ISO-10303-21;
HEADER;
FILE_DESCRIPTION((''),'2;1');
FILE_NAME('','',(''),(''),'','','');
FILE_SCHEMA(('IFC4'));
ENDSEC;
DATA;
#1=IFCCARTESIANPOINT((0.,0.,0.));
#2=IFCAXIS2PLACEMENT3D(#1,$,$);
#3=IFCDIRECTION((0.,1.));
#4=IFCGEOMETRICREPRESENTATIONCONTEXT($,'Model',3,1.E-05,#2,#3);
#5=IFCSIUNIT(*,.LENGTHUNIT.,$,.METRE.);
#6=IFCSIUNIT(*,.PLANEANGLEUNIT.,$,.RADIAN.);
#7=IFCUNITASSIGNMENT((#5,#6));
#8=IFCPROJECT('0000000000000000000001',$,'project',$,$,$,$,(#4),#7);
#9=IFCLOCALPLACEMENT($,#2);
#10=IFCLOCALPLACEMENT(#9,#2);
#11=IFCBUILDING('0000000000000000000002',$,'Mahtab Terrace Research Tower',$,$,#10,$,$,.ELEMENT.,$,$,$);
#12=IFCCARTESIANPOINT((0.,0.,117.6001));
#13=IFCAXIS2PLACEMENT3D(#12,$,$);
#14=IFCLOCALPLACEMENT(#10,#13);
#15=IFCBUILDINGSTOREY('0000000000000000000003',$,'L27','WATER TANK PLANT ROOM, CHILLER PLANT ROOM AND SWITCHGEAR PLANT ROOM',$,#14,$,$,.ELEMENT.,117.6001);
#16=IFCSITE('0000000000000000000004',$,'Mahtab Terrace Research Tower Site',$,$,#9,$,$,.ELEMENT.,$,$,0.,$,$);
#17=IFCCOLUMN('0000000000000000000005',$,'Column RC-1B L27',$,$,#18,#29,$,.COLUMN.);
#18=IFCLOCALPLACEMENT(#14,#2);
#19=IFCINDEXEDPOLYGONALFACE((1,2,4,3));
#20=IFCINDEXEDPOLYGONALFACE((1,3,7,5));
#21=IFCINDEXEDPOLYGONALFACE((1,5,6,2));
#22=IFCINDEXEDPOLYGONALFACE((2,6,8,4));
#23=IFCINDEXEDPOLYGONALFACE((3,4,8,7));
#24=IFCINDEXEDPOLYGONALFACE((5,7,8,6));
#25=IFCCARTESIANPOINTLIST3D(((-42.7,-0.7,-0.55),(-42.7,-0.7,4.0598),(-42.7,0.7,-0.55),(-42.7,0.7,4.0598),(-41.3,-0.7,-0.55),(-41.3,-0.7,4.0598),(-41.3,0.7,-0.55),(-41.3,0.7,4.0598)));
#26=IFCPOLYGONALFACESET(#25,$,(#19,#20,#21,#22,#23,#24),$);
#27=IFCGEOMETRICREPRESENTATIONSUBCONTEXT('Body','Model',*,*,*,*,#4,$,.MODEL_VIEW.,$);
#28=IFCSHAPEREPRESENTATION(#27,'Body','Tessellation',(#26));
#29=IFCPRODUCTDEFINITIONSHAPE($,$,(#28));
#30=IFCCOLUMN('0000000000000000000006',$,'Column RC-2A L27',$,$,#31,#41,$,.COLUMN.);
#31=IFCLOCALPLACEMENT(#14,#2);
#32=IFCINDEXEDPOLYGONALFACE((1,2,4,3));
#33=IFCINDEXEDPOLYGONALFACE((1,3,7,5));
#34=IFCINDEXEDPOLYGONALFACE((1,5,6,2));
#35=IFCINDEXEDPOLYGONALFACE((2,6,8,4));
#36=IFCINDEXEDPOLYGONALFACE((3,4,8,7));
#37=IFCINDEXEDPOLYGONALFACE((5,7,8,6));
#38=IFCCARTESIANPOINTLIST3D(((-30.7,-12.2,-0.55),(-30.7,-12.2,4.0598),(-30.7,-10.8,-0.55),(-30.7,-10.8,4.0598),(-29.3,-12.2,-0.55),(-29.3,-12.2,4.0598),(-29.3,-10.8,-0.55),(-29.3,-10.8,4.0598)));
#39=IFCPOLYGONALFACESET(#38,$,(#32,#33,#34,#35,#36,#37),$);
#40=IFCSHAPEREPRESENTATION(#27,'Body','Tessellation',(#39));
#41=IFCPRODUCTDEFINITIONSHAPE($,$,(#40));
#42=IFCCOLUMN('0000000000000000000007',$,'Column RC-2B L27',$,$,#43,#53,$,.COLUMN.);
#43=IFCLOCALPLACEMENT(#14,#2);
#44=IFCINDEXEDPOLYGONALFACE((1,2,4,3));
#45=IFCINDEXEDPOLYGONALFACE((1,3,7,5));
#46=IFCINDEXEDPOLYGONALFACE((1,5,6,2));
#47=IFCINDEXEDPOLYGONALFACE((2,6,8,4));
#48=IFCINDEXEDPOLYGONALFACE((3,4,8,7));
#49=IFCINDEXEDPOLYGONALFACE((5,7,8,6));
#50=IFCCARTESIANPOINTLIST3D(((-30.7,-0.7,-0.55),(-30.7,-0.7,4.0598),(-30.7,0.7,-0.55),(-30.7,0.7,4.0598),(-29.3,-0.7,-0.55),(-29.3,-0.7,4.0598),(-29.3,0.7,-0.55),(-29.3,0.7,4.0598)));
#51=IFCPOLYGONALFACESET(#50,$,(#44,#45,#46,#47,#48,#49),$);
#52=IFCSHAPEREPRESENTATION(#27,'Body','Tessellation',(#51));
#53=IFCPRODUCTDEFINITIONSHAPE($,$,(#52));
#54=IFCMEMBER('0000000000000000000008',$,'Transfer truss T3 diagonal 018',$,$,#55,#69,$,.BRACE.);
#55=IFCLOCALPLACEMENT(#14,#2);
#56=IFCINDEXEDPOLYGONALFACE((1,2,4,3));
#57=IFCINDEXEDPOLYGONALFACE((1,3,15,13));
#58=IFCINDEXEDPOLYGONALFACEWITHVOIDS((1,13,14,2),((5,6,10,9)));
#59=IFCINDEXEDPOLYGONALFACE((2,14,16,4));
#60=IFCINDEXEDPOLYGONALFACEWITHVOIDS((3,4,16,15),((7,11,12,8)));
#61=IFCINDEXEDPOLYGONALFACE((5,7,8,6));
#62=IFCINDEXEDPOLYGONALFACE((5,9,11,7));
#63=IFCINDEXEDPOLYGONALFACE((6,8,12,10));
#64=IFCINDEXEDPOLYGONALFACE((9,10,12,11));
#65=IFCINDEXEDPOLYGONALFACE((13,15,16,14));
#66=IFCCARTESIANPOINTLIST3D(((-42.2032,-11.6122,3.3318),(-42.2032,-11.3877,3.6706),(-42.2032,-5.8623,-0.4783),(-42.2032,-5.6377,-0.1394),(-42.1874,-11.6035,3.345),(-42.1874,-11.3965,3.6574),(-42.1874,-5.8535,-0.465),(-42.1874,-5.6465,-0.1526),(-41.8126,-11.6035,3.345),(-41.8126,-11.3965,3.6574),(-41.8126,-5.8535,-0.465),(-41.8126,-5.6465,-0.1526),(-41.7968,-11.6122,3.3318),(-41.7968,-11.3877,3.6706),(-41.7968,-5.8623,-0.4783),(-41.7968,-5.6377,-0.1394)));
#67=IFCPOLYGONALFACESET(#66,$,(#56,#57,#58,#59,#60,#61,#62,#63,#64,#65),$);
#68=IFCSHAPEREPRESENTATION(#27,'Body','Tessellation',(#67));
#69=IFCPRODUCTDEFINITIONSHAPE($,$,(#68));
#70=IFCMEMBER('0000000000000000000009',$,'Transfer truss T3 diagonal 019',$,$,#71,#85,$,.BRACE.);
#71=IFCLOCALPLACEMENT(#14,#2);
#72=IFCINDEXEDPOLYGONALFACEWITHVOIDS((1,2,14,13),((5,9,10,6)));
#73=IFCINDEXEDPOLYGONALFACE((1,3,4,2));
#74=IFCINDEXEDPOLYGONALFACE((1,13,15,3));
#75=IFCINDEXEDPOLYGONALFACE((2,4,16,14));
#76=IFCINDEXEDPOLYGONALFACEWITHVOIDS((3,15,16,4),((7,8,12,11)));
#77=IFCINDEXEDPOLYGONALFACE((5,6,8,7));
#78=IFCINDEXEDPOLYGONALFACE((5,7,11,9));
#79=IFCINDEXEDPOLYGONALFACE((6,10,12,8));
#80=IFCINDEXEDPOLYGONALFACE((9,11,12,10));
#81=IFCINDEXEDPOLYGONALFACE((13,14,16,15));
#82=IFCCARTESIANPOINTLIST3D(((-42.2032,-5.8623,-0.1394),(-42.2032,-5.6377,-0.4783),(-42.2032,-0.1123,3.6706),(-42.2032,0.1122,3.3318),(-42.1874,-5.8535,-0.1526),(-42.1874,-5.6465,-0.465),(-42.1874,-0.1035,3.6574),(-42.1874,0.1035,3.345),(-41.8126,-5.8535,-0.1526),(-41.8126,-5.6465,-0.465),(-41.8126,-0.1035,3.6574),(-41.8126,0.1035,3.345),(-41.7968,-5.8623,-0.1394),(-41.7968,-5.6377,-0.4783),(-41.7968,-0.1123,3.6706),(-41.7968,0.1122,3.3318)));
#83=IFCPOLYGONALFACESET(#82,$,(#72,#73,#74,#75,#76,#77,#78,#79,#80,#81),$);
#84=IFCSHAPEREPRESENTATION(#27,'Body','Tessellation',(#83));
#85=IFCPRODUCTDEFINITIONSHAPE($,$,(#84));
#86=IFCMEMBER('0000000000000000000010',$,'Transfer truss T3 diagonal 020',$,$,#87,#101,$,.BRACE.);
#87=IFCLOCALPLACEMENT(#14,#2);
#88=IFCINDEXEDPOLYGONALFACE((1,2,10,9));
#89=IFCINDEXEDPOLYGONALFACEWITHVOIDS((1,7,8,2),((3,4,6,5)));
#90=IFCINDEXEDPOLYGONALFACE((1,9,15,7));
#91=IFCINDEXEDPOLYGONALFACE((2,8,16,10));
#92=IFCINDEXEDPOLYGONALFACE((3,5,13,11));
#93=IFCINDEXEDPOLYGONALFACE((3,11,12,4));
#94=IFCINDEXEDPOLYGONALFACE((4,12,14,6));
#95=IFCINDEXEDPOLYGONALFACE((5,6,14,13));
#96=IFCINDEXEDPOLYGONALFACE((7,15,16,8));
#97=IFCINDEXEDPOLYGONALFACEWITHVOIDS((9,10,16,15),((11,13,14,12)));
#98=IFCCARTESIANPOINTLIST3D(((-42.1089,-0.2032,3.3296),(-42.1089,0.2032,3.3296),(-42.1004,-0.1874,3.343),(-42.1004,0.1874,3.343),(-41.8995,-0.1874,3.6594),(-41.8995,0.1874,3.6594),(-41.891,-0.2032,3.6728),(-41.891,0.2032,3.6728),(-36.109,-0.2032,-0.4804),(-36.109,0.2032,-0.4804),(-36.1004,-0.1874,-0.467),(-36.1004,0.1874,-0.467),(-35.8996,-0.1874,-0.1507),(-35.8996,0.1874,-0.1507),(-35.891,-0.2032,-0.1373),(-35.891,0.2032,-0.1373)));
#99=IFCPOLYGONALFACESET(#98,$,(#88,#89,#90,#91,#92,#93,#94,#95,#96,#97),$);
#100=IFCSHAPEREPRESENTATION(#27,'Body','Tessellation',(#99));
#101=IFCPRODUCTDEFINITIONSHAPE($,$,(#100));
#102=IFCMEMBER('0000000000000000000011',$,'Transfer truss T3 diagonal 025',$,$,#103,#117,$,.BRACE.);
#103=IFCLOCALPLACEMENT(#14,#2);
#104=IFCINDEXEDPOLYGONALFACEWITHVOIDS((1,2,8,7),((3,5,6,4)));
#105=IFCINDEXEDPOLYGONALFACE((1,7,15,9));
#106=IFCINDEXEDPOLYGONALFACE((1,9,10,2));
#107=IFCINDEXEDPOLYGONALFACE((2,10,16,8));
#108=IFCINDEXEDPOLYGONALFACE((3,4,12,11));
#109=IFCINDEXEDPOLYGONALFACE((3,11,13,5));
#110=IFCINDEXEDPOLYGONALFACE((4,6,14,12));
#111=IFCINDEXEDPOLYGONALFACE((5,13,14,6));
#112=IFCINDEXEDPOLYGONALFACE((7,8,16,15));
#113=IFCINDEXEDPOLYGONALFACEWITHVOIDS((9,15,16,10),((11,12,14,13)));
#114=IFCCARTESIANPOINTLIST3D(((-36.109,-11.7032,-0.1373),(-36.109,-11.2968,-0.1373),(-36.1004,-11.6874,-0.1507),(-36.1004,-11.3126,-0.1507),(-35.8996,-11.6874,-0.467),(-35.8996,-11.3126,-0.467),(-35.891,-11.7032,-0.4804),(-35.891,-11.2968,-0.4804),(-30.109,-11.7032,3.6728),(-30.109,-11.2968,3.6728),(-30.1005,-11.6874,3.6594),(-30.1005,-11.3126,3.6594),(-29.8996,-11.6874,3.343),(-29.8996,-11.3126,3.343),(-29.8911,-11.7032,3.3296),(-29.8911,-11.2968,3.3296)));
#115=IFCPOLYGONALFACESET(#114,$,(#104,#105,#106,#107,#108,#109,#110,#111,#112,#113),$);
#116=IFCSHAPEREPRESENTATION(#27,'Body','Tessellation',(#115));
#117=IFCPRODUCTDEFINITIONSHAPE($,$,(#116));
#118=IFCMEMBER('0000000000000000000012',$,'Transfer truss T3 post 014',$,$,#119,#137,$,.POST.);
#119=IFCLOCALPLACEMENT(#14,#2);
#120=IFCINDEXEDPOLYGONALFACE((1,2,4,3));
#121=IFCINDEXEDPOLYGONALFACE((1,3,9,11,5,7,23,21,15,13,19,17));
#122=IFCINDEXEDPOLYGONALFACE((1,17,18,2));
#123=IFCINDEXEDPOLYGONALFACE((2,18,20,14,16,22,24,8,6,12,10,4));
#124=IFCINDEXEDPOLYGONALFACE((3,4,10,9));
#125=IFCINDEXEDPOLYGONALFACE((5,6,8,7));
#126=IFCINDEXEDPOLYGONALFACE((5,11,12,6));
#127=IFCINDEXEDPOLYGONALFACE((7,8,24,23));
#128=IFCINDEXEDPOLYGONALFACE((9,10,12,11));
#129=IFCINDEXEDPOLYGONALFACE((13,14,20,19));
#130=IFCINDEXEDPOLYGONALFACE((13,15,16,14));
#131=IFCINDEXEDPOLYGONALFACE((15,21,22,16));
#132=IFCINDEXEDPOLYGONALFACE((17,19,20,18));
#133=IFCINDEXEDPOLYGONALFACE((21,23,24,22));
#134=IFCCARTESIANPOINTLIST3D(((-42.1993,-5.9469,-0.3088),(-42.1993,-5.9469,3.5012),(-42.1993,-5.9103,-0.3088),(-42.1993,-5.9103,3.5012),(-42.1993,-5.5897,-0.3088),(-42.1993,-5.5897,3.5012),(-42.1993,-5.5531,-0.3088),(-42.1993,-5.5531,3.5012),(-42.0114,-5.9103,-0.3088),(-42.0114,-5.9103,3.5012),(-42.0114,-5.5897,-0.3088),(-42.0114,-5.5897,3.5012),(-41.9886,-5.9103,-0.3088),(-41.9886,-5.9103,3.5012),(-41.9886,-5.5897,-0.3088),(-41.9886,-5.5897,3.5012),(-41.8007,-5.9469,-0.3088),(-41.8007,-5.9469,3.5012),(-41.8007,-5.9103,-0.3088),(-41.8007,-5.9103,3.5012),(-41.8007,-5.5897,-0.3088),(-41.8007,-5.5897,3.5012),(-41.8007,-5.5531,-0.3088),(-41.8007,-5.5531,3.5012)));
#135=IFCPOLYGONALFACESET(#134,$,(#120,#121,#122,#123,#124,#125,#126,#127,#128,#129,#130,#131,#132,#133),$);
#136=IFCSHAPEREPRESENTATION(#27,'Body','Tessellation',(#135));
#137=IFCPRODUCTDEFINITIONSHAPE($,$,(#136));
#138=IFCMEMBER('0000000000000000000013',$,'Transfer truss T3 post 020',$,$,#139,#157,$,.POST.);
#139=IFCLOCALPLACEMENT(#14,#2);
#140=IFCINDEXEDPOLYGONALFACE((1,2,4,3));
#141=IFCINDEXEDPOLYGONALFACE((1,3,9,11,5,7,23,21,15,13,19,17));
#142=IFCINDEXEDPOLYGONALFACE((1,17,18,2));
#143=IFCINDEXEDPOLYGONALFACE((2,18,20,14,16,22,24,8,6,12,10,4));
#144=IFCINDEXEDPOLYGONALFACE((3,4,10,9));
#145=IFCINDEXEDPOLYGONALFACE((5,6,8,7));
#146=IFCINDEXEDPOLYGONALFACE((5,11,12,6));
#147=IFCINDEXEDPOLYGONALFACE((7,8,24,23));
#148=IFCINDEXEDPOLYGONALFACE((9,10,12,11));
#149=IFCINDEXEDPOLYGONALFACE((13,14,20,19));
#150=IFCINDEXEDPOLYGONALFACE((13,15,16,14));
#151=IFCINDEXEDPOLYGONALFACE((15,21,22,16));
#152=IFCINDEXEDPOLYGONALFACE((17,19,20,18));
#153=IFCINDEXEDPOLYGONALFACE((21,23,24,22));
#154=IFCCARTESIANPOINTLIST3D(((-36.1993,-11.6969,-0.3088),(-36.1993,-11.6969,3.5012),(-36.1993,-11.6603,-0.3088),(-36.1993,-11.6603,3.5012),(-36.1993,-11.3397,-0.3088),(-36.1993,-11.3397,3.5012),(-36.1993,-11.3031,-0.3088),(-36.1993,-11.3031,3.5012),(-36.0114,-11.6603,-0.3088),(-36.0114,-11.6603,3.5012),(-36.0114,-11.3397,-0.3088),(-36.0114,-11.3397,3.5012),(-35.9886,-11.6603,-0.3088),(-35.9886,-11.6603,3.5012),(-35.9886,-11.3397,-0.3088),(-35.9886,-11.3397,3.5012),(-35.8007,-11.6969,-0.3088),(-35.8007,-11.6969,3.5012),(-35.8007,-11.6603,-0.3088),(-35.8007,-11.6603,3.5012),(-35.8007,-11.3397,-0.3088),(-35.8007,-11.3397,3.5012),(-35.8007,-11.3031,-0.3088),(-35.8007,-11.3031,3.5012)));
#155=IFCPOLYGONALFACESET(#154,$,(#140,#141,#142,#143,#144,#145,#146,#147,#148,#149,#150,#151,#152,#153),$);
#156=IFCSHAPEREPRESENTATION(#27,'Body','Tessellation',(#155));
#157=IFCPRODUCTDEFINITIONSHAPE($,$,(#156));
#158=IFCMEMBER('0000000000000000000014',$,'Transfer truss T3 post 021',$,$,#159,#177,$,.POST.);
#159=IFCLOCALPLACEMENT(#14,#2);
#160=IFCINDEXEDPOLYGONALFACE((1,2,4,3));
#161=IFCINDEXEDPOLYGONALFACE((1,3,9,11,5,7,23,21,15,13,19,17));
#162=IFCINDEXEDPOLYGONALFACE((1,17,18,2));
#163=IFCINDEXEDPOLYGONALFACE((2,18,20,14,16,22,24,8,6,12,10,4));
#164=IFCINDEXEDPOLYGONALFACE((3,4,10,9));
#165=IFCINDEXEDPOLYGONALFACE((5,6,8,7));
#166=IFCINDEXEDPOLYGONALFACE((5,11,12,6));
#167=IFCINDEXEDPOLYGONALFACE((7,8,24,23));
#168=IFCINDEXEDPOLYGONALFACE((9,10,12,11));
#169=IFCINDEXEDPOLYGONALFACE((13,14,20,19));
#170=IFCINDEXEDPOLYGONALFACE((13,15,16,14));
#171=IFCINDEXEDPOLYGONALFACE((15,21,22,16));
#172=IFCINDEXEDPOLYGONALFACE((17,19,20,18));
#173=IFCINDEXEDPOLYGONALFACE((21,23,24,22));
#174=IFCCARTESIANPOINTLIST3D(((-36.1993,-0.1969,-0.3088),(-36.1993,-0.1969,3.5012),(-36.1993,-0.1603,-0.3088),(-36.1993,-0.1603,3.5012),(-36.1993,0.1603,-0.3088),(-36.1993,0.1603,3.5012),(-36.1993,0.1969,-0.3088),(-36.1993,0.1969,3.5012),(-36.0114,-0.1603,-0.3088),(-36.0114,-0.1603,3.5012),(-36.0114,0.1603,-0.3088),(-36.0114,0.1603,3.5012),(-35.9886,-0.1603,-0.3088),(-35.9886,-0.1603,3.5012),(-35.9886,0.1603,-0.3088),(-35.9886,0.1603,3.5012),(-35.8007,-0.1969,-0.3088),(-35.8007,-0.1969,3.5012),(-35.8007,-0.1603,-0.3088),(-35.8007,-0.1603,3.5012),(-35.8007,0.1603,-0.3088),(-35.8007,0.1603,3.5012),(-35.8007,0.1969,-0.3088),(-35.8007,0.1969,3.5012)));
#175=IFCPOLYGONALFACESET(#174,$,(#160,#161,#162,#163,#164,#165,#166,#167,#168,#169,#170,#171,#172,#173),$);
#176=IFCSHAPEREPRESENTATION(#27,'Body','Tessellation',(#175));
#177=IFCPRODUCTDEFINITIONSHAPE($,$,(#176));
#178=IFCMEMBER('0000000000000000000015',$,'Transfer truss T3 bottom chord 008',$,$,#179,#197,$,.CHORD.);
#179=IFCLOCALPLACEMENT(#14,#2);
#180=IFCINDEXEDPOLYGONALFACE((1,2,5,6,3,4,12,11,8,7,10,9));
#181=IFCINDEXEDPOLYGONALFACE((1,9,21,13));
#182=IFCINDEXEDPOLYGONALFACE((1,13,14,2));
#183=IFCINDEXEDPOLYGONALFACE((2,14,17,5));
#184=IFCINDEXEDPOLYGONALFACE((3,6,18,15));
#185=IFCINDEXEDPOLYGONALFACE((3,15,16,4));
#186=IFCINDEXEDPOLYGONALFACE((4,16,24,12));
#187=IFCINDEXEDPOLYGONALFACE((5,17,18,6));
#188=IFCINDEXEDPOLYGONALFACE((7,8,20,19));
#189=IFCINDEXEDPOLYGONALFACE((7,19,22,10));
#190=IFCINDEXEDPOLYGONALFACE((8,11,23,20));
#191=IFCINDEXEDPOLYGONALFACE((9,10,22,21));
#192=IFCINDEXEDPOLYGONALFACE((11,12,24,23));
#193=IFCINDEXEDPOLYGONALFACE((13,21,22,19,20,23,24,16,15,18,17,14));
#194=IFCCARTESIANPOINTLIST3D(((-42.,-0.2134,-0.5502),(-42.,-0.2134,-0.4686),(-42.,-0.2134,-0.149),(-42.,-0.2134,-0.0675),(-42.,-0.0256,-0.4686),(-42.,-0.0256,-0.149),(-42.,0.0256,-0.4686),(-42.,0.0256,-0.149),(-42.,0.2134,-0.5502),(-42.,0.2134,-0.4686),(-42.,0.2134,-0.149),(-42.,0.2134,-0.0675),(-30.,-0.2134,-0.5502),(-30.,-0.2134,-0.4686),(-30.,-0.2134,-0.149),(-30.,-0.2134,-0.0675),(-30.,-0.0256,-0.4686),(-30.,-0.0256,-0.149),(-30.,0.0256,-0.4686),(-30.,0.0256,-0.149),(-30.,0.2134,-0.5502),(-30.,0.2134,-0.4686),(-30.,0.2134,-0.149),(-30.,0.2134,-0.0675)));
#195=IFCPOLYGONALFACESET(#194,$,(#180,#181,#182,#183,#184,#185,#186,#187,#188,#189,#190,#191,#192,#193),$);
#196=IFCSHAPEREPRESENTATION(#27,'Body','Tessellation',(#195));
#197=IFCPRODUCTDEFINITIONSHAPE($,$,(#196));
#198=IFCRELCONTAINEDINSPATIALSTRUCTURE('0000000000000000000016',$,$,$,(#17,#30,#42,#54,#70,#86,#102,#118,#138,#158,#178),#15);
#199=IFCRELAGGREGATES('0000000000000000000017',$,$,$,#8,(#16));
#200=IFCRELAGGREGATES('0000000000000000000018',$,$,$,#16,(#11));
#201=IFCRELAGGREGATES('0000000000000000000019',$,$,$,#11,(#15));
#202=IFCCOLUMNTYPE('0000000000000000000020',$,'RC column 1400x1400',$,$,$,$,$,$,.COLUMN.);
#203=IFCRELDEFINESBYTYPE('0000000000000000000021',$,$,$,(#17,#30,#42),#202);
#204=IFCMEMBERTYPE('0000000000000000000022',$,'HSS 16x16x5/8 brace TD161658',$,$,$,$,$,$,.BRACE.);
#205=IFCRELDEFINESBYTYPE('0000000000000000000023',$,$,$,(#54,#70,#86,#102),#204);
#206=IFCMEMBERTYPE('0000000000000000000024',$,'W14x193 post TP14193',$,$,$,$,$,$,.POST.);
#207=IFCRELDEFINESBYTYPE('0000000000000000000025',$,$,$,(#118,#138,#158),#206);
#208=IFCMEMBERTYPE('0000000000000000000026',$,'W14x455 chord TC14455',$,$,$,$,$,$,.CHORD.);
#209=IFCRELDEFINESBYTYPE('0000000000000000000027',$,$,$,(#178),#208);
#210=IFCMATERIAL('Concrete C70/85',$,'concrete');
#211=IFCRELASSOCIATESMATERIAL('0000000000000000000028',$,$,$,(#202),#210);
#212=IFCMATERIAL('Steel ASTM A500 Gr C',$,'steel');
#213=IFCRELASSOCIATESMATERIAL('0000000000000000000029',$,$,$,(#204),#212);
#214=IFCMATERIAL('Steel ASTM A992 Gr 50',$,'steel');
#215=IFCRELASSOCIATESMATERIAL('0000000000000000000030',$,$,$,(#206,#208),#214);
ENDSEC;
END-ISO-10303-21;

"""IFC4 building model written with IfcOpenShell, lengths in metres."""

from ifc_helpers import new_model, si_unit, direction, frame, origin, origin_2d, place, context, subcontext, project, spatial, rectangle, hollow_rectangle, i_section, extrude, material, material_profile, profile_set, type_object, element, save


model = new_model("IFC4")

# Units and contexts
model_context = context("Model", 3, precision=1e-05, world=origin(), true_north=direction((0.0, 1.0)))
body_context = subcontext(model_context, "Body", "Model", "MODEL_VIEW")
ifc_project = project(units=[si_unit("LENGTHUNIT", "METRE"), si_unit("PLANEANGLEUNIT", "RADIAN")], contexts=[model_context])

# Site, building, storey
site_placement = place(None, origin())
site = spatial("IfcSite", under=ifc_project, at=site_placement, Name="Mahtab Terrace Research Tower Site", CompositionType="ELEMENT", RefElevation=0.0)
building_placement = place(site_placement, origin())
building = spatial("IfcBuilding", under=site, at=building_placement, Name="Mahtab Terrace Research Tower", CompositionType="ELEMENT")
storey_placement = place(building_placement, frame((0.0, 0.0, 117.6001)))
storey = spatial("IfcBuildingStorey", under=building, at=storey_placement, Name="L27", Description="WATER TANK PLANT ROOM, CHILLER PLANT ROOM AND SWITCHGEAR PLANT ROOM", CompositionType="ELEMENT", Elevation=117.6001)

# Columns
ifc_material_1 = material(Name="Concrete C70/85", Category="concrete")
ifc_material_profile_1 = material_profile(ifc_material_1, rectangle(XDim=1.3999, YDim=1.3999, at=origin_2d()), Name="RC column 1400x1400")
ifc_profile_set_1 = profile_set([ifc_material_profile_1], Name="Concrete C70/85")
column_type = type_object("IfcColumnType", Name="RC column 1400x1400", PredefinedType="COLUMN", material=ifc_profile_set_1)
for number, where, z_axis, x_axis, name in (
    (1, (-42.0, 0.0, -0.55), (0.0, 0.0, 1.0), (1.0, 0.0, 0.0), "Column RC-1B L27"),
    (2, (-30.0, -11.5, -0.55), (0.0, 0.0, 1.0), (1.0, 0.0, 0.0), "Column RC-2A L27"),
    (3, (-30.0, 0.0, -0.55), (0.0, 0.0, 1.0), (1.0, 0.0, 0.0), "Column RC-2B L27"),
):
    element("IfcColumn", number, at=place(storey_placement, frame(where, z_axis=z_axis, x_axis=x_axis)), inside=storey, type_object=column_type, Name=name, PredefinedType="COLUMN", context=body_context, shape_type="SweptSolid", body=[
        extrude(rectangle(XDim=1.3999, YDim=1.3999, at=origin_2d()), origin(), (0.0, 0.0, 1.0), 4.6099),
    ])

# Members
ifc_material_2 = material(Name="Steel ASTM A500 Gr C", Category="steel")
ifc_material_profile_2 = material_profile(ifc_material_2, hollow_rectangle(XDim=0.4065, YDim=0.4065, WallThickness=0.0159, at=origin_2d()), Name="HSS16X16X5/8")
ifc_profile_set_2 = profile_set([ifc_material_profile_2], Name="Steel ASTM A500 Gr C")
member_type_1 = type_object("IfcMemberType", Name="HSS 16x16x5/8 brace TD161658", PredefinedType="BRACE", material=ifc_profile_set_2)
for number, where, z_axis, x_axis, name in (
    (4, (-42.0, -5.75, -0.3088), (0.0, -0.833604, 0.552362), (1.0, 0.0, 0.0), "Transfer truss T3 diagonal 018"),
    (5, (-42.0, -5.75, -0.3088), (0.0, 0.833604, 0.552362), (-1.0, 0.0, 0.0), "Transfer truss T3 diagonal 019"),
):
    element("IfcMember", number, at=place(storey_placement, frame(where, z_axis=z_axis, x_axis=x_axis)), inside=storey, type_object=member_type_1, Name=name, PredefinedType="BRACE", context=body_context, shape_type="SweptSolid", body=[
        extrude(hollow_rectangle(XDim=0.4065, YDim=0.4065, WallThickness=0.0159, at=origin_2d()), origin(), (0.0, 0.0, 1.0), 6.8977),
    ])
for number, where, z_axis, x_axis, name in (
    (6, (-36.0, 0.0, -0.3088), (-0.844179, 0.0, 0.536062), (0.0, -1.0, 0.0), "Transfer truss T3 diagonal 020"),
    (7, (-36.0, -11.5, -0.3088), (0.844179, 0.0, 0.536062), (0.0, 1.0, 0.0), "Transfer truss T3 diagonal 025"),
):
    element("IfcMember", number, at=place(storey_placement, frame(where, z_axis=z_axis, x_axis=x_axis)), inside=storey, type_object=member_type_1, Name=name, PredefinedType="BRACE", context=body_context, shape_type="SweptSolid", body=[
        extrude(hollow_rectangle(XDim=0.4065, YDim=0.4065, WallThickness=0.0159, at=origin_2d()), origin(), (0.0, 0.0, 1.0), 7.1074),
    ])
ifc_material_3 = material(Name="Steel ASTM A992 Gr 50", Category="steel")
ifc_material_profile_3 = material_profile(ifc_material_3, i_section(OverallWidth=0.3987, OverallDepth=0.3938, WebThickness=0.0227, FlangeThickness=0.0366, at=origin_2d()), Name="W14X193")
ifc_profile_set_3 = profile_set([ifc_material_profile_3], Name="Steel ASTM A992 Gr 50")
member_type_2 = type_object("IfcMemberType", Name="W14x193 post TP14193", PredefinedType="POST", material=ifc_profile_set_3)
for number, where, z_axis, x_axis, name in (
    (8, (-42.0, -5.75, -0.3088), (0.0, 0.0, 1.0), (1.0, 0.0, 0.0), "Transfer truss T3 post 014"),
    (9, (-36.0, -11.5, -0.3088), (0.0, 0.0, 1.0), (1.0, 0.0, 0.0), "Transfer truss T3 post 020"),
    (10, (-36.0, 0.0, -0.3088), (0.0, 0.0, 1.0), (1.0, 0.0, 0.0), "Transfer truss T3 post 021"),
):
    element("IfcMember", number, at=place(storey_placement, frame(where, z_axis=z_axis, x_axis=x_axis)), inside=storey, type_object=member_type_2, Name=name, PredefinedType="POST", context=body_context, shape_type="SweptSolid", body=[
        extrude(i_section(OverallWidth=0.3987, OverallDepth=0.3938, WebThickness=0.0227, FlangeThickness=0.0366, at=origin_2d()), origin(), (0.0, 0.0, 1.0), 3.8101),
    ])
ifc_material_profile_4 = material_profile(ifc_material_3, i_section(OverallWidth=0.4268, OverallDepth=0.4827, WebThickness=0.0513, FlangeThickness=0.0815, at=origin_2d()), Name="W14X455")
ifc_profile_set_4 = profile_set([ifc_material_profile_4], Name="Steel ASTM A992 Gr 50")
member_type_3 = type_object("IfcMemberType", Name="W14x455 chord TC14455", PredefinedType="CHORD", material=ifc_profile_set_4)
member_1_placement = place(storey_placement, frame((-42.0, 0.0, -0.3088), z_axis=(1.0, 0.0, 0.0), x_axis=(0.0, 1.0, 0.0)))
element("IfcMember", 11, at=member_1_placement, inside=storey, type_object=member_type_3, Name="Transfer truss T3 bottom chord 008", PredefinedType="CHORD", context=body_context, shape_type="SweptSolid", body=[
    extrude(i_section(OverallWidth=0.4268, OverallDepth=0.4827, WebThickness=0.0513, FlangeThickness=0.0815, at=origin_2d()), origin(), (0.0, 0.0, 1.0), 12.0),
])

save(model, "model.ifc")
